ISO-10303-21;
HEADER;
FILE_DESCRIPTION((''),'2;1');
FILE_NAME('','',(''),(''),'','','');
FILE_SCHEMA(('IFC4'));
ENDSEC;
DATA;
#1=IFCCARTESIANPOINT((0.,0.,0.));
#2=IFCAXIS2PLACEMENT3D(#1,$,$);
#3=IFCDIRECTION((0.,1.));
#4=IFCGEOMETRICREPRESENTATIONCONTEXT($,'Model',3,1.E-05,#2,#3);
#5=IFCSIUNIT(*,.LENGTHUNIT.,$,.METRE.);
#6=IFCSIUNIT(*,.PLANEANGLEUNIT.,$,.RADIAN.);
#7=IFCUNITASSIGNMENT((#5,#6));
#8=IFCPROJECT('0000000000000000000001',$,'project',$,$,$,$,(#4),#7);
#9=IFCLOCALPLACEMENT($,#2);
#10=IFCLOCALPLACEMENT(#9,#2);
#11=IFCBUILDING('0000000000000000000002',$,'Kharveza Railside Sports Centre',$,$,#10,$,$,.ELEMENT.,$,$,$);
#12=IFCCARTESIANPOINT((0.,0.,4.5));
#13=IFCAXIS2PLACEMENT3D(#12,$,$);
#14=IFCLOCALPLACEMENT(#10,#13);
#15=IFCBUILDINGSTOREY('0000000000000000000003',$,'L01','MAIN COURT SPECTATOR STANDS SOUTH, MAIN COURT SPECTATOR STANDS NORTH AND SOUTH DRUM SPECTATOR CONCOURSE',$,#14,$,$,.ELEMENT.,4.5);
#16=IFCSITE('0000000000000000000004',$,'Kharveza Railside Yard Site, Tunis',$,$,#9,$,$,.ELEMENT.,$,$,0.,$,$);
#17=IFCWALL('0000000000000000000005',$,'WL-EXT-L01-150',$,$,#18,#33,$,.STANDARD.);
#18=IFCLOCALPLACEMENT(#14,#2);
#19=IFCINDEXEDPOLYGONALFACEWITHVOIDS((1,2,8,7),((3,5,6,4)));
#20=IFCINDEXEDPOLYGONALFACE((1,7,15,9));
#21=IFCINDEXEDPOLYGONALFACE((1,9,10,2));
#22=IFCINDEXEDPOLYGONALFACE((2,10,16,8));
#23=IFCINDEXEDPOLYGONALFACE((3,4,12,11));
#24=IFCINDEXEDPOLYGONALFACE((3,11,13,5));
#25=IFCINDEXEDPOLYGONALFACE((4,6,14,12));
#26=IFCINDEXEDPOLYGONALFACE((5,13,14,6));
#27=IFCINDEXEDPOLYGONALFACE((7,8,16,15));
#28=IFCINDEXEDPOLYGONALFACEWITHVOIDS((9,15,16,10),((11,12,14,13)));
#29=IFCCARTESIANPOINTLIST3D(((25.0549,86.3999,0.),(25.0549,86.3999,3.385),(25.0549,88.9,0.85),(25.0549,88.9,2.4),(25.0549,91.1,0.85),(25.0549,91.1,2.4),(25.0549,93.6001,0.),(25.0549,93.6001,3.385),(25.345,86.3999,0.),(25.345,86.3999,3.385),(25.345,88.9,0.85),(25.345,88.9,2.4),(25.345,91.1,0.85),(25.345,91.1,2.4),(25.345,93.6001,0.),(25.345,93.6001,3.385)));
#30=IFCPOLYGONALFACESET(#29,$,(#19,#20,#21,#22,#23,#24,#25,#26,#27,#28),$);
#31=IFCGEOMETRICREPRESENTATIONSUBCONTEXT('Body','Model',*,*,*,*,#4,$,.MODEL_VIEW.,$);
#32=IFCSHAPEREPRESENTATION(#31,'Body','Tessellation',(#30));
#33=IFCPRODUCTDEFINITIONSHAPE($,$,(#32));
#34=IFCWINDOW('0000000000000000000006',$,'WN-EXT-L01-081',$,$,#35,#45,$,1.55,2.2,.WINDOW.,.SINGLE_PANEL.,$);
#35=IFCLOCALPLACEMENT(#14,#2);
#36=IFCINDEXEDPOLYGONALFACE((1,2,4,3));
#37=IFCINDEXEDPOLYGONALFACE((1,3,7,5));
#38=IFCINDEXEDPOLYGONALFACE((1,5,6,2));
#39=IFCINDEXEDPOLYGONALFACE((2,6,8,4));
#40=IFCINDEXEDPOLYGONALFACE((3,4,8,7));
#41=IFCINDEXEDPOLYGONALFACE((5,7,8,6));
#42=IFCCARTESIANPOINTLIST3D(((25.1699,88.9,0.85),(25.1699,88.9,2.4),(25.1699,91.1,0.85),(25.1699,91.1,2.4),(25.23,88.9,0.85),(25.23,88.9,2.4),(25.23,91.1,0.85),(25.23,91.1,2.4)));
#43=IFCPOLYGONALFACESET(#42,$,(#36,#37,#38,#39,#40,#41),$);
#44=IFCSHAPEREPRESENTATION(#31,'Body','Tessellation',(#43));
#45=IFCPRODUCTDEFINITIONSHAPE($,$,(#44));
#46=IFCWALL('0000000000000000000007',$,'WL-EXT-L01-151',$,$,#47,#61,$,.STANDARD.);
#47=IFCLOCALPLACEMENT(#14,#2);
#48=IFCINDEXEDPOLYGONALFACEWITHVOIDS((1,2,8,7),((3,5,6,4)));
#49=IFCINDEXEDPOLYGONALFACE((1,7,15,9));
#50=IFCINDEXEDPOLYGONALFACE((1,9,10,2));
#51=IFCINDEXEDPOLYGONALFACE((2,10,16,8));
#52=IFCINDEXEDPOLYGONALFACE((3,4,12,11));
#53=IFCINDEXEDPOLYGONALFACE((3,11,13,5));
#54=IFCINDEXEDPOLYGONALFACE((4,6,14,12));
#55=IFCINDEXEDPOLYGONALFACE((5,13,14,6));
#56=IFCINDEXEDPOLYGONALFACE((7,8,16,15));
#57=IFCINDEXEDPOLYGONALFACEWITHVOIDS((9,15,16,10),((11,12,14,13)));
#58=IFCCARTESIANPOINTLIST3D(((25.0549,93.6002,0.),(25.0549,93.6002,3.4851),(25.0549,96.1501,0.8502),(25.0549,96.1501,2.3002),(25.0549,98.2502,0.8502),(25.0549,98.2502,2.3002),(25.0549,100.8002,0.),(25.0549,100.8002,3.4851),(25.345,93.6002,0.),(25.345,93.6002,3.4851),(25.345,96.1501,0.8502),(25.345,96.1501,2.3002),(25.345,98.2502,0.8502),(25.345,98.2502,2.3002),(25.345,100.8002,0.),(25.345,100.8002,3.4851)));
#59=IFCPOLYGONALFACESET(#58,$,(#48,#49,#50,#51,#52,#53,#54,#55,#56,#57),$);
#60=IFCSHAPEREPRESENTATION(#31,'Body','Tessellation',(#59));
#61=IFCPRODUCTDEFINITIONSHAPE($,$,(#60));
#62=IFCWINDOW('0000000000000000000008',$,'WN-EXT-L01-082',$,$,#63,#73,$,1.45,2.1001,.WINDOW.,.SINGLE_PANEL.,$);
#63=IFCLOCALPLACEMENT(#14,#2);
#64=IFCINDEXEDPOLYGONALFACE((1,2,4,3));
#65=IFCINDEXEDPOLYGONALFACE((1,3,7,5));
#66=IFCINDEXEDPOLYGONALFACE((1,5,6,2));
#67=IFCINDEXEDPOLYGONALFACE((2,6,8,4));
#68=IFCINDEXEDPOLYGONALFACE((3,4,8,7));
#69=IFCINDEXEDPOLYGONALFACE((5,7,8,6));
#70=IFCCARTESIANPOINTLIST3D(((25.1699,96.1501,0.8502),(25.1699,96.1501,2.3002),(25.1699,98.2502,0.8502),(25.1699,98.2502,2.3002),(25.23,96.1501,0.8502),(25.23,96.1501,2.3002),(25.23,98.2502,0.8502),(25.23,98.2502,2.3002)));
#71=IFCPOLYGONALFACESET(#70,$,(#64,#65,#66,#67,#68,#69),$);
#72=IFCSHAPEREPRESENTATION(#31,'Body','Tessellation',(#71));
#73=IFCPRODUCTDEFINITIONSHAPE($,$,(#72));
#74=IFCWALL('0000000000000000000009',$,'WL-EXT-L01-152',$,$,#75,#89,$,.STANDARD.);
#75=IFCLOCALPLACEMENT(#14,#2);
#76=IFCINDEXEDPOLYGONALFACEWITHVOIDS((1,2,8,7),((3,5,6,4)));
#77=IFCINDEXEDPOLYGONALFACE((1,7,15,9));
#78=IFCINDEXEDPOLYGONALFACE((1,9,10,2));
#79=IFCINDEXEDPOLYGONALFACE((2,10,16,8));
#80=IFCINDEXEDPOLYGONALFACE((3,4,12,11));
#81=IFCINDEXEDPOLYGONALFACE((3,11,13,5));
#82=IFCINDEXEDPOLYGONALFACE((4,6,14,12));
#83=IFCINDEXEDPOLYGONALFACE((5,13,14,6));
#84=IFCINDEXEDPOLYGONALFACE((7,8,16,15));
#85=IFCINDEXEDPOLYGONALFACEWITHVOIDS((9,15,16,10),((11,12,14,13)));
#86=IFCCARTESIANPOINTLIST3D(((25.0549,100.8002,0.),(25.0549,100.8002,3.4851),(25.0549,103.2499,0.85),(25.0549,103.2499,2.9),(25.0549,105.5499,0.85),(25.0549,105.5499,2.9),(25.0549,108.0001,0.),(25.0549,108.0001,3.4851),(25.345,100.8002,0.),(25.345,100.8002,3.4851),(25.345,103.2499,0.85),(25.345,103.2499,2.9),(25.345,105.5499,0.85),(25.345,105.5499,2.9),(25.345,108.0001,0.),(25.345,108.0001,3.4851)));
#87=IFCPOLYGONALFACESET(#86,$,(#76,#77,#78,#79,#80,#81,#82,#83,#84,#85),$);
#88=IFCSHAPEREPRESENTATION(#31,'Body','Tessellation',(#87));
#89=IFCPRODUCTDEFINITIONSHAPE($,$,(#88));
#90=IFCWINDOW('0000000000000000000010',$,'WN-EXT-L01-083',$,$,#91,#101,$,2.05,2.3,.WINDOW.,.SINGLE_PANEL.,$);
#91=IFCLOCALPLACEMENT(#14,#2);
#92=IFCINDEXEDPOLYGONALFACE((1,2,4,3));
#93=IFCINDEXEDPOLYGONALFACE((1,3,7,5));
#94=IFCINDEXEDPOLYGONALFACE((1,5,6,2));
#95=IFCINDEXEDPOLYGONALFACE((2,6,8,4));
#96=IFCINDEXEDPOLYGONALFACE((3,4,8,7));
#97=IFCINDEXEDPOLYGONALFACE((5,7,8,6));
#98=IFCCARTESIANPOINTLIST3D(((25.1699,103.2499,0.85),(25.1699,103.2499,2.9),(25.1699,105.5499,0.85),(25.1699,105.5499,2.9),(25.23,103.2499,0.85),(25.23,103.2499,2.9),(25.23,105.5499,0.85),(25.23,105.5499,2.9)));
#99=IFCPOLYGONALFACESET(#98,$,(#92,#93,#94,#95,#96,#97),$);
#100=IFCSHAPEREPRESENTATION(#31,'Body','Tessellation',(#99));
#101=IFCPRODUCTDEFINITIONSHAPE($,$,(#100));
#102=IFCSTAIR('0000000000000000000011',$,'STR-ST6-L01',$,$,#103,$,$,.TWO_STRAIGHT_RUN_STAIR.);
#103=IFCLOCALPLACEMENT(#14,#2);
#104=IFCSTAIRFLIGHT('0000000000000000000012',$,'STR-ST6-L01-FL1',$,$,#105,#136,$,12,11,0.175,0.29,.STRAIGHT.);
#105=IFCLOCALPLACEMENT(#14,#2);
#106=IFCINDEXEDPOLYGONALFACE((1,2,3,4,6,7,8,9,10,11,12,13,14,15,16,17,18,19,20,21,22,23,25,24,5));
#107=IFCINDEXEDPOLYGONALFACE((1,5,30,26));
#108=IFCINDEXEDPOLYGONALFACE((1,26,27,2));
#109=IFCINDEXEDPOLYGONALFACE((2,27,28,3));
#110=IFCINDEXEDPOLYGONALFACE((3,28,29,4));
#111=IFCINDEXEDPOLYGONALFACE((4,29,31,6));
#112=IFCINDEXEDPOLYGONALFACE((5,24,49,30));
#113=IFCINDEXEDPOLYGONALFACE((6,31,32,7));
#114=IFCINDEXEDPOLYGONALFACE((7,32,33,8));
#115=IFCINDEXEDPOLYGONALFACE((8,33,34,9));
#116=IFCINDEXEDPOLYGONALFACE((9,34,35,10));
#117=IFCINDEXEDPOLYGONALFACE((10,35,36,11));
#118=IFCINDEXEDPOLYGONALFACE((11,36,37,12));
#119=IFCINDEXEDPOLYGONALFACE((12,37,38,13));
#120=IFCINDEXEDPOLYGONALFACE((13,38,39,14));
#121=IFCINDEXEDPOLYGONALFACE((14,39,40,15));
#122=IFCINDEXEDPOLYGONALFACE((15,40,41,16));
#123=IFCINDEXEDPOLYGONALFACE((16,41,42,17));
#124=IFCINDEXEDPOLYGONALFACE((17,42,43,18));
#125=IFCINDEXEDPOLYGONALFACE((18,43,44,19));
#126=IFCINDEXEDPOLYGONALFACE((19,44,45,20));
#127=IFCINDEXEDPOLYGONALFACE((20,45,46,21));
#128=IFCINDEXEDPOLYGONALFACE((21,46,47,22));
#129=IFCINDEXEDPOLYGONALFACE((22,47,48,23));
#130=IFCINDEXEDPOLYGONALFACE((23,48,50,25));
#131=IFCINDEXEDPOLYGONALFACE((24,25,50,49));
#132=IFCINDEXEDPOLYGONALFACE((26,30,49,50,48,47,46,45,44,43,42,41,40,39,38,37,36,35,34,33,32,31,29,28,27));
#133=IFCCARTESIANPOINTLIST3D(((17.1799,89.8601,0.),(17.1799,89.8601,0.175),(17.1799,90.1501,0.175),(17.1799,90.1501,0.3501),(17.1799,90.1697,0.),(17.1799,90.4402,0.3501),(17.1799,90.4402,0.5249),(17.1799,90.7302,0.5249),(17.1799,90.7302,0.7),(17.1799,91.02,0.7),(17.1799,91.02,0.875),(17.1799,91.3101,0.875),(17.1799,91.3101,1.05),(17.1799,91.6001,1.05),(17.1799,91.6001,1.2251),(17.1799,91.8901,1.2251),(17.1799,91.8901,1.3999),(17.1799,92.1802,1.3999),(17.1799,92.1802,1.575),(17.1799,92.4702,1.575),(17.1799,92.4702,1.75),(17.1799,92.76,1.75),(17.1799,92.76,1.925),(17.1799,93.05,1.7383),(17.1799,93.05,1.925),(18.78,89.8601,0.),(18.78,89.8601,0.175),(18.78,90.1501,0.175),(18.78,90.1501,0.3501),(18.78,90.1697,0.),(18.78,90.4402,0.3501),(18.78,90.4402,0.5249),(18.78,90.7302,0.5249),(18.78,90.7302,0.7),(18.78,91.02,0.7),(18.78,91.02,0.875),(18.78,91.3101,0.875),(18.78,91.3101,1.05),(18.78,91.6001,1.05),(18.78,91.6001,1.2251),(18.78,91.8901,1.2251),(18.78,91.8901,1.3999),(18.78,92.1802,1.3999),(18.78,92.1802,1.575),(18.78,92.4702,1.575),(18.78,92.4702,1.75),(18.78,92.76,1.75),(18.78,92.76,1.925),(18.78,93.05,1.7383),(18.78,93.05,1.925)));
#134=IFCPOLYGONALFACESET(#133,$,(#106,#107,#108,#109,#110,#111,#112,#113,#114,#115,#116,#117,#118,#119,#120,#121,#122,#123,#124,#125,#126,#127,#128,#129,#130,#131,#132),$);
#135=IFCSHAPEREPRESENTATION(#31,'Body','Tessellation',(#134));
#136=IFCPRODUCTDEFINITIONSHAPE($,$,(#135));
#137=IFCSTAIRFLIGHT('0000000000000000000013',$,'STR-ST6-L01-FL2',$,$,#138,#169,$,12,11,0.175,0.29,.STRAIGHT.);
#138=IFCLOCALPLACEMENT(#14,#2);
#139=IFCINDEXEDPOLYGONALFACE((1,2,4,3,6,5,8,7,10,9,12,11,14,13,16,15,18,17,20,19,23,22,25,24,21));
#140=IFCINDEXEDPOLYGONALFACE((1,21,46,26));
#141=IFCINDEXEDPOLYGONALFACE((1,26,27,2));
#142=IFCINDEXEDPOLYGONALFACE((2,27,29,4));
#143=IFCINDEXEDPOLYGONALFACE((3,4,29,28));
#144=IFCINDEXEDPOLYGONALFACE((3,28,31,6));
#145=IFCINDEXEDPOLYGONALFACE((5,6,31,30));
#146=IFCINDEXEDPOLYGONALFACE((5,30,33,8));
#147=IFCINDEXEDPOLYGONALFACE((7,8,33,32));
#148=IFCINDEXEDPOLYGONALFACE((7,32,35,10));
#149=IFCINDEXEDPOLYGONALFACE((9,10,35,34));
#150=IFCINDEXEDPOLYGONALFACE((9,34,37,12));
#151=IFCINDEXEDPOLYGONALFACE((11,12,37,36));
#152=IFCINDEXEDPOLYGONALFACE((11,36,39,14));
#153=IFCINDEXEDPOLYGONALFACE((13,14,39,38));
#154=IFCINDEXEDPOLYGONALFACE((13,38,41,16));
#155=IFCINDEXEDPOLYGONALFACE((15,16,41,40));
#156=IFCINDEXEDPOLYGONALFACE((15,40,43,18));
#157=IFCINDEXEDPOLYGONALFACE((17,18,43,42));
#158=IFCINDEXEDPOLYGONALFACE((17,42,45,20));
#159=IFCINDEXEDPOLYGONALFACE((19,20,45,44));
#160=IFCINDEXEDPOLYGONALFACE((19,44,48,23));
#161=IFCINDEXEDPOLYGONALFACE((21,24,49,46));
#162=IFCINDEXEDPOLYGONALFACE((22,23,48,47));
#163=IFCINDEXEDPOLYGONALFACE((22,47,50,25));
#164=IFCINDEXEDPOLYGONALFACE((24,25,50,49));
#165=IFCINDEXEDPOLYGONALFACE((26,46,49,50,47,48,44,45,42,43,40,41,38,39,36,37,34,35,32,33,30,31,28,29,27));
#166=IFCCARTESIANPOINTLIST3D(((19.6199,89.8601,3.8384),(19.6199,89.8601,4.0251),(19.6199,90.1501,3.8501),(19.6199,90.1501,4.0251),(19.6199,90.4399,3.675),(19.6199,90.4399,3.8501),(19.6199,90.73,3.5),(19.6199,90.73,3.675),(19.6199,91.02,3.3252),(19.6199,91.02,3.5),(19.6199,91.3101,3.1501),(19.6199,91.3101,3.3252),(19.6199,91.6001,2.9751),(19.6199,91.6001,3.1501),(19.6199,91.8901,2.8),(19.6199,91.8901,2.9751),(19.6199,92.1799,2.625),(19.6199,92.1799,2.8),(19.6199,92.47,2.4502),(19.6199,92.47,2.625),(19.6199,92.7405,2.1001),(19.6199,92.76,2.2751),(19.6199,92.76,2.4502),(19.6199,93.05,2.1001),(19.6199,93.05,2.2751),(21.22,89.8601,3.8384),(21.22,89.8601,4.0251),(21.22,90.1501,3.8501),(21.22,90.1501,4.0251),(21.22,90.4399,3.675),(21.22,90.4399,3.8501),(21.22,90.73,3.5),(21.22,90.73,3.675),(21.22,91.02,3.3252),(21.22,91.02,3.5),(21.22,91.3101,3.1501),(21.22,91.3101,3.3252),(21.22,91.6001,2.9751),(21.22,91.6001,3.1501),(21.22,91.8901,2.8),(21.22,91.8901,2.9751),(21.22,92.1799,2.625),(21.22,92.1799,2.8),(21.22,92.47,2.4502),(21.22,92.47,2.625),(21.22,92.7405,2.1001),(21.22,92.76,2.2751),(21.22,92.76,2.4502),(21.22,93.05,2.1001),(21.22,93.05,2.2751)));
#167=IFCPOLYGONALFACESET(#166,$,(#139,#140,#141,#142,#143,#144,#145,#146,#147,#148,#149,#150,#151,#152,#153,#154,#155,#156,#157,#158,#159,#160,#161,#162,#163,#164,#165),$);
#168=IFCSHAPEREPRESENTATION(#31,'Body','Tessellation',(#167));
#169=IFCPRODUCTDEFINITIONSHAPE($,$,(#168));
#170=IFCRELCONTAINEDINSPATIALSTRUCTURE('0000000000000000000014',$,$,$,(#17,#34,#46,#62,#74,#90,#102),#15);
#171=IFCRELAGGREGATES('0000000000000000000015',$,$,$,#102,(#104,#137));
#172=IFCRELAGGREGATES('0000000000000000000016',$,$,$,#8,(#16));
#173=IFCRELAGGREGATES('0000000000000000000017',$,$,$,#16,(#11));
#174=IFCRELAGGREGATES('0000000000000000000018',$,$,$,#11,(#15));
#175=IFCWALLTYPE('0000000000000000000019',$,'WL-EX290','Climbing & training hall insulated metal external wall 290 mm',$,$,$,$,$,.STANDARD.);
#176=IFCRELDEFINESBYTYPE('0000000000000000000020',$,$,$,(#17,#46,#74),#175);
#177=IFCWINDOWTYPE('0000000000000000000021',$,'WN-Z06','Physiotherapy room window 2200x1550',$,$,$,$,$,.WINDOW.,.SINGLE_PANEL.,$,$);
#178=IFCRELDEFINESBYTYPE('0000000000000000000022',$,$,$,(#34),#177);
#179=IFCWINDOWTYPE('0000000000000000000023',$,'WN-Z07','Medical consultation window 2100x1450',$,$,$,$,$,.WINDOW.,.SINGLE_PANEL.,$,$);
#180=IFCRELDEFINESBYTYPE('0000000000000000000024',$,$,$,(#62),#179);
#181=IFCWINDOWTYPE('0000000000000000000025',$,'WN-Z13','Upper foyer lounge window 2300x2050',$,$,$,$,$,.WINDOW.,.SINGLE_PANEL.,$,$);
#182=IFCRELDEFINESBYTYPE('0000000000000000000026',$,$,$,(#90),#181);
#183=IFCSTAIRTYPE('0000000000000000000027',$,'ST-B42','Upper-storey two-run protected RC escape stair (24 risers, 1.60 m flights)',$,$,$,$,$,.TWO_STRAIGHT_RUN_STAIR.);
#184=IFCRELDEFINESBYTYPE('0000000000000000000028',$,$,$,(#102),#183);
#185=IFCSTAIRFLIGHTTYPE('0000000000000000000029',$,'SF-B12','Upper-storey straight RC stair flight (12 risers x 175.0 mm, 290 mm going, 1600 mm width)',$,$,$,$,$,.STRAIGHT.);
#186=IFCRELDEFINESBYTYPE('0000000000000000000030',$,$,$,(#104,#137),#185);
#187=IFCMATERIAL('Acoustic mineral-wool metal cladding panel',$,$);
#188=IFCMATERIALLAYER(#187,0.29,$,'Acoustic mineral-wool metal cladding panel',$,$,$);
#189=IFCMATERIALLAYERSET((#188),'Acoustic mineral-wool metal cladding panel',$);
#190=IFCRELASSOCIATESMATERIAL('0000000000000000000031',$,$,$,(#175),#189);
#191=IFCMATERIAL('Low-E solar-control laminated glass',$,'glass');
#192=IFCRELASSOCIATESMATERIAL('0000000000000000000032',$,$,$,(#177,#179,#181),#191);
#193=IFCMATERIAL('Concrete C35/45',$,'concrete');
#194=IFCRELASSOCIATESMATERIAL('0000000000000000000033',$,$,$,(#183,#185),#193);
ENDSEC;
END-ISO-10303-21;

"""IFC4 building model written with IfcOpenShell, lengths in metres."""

from ifc_helpers import new_model, si_unit, direction, frame, frame_2d, origin, place, context, subcontext, project, spatial, polyline, rectangle, outline, extrude, material, layer, layer_set, type_object, element, fill, aggregate, save


model = new_model("IFC4")

# Units and contexts
model_context = context("Model", 3, precision=1e-05, world=origin(), true_north=direction((0.0, 1.0)))
body_context = subcontext(model_context, "Body", "Model", "MODEL_VIEW")
ifc_project = project(units=[si_unit("LENGTHUNIT", "METRE"), si_unit("PLANEANGLEUNIT", "RADIAN")], contexts=[model_context])

# Site, building, storey
site_placement = place(None, origin())
site = spatial("IfcSite", under=ifc_project, at=site_placement, Name="Kharveza Railside Yard Site, Tunis", CompositionType="ELEMENT", RefElevation=0.0)
building_placement = place(site_placement, origin())
building = spatial("IfcBuilding", under=site, at=building_placement, Name="Kharveza Railside Sports Centre", CompositionType="ELEMENT")
storey_placement = place(building_placement, frame((0.0, 0.0, 4.5)))
storey = spatial("IfcBuildingStorey", under=building, at=storey_placement, Name="L01", Description="MAIN COURT SPECTATOR STANDS SOUTH, MAIN COURT SPECTATOR STANDS NORTH AND SOUTH DRUM SPECTATOR CONCOURSE", CompositionType="ELEMENT", Elevation=4.5)

# Shared definitions
ifc_material_1 = material(Name="Acoustic mineral-wool metal cladding panel")

# Shared definitions
ifc_material_2 = material(Name="Concrete C35/45", Category="concrete")

# Walls, openings, windows
ifc_layer_1 = layer(ifc_material_1, 0.29, Name="Acoustic mineral-wool metal cladding panel")
ifc_layer_set_1 = layer_set([ifc_layer_1], Name="Acoustic mineral-wool metal cladding panel")
wall_type_1 = type_object("IfcWallType", Name="WL-EX290", Description="Climbing & training hall insulated metal external wall 290 mm", PredefinedType="STANDARD", material=ifc_layer_set_1)
wall_1_placement = place(storey_placement, frame((25.2, 86.3999, 0.0), z_axis=(0.0, 0.0, 1.0), x_axis=(0.0, 1.0, 0.0)))
wall_1 = element("IfcWall", 1, at=wall_1_placement, inside=storey, type_object=wall_type_1, Name="WL-EXT-L01-150", PredefinedType="STANDARD", context=body_context, shape_type="SweptSolid", body=[
    extrude(rectangle(XDim=7.2002, YDim=0.29, at=frame_2d((3.6001, 0.0))), origin(), (0.0, 0.0, 1.0), 3.385),
])
opening_1_placement = place(wall_1_placement, frame((2.5, 0.0, 0.8501)))
opening_1 = element("IfcOpeningElement", 2, at=opening_1_placement, cuts=wall_1, PredefinedType="OPENING", context=body_context, shape_type="SweptSolid", body=[
    extrude(rectangle(XDim=2.2, YDim=1.55, at=frame_2d((1.1001, 0.7749))), frame((0.0, 0.1699, 0.0), z_axis=(0.0, -1.0, 0.0), x_axis=(1.0, 0.0, 0.0)), (0.0, 0.0, 1.0), 0.3398),
])
ifc_material_3 = material(Name="Low-E solar-control laminated glass", Category="glass")
window_type_1 = type_object("IfcWindowType", Name="WN-Z06", Description="Physiotherapy room window 2200x1550", PartitioningType="SINGLE_PANEL", PredefinedType="WINDOW", material=ifc_material_3)
window_1_placement = place(opening_1_placement, origin())
window_1 = element("IfcWindow", 3, at=window_1_placement, inside=storey, type_object=window_type_1, Name="WN-EXT-L01-081", OverallHeight=1.55, OverallWidth=2.2, PartitioningType="SINGLE_PANEL", PredefinedType="WINDOW", context=body_context, shape_type="SweptSolid", body=[
    extrude(rectangle(XDim=2.2, YDim=1.55, at=frame_2d((1.1001, 0.7749))), frame((0.0, 0.03, 0.0), z_axis=(0.0, -1.0, 0.0), x_axis=(1.0, 0.0, 0.0)), (0.0, 0.0, 1.0), 0.0601),
])
fill(opening_1, window_1)
wall_2_placement = place(storey_placement, frame((25.2, 93.6001, 0.0), z_axis=(0.0, 0.0, 1.0), x_axis=(0.0, 1.0, 0.0)))
wall_2 = element("IfcWall", 4, at=wall_2_placement, inside=storey, type_object=wall_type_1, Name="WL-EXT-L01-151", PredefinedType="STANDARD", context=body_context, shape_type="SweptSolid", body=[
    extrude(rectangle(XDim=7.2, YDim=0.29, at=frame_2d((3.6001, 0.0))), origin(), (0.0, 0.0, 1.0), 3.4851),
])
opening_2_placement = place(wall_2_placement, frame((2.55, 0.0, 0.8501)))
opening_2 = element("IfcOpeningElement", 5, at=opening_2_placement, cuts=wall_2, PredefinedType="OPENING", context=body_context, shape_type="SweptSolid", body=[
    extrude(rectangle(XDim=2.1001, YDim=1.45, at=frame_2d((1.05, 0.7251))), frame((0.0, 0.1699, 0.0), z_axis=(0.0, -1.0, 0.0), x_axis=(1.0, 0.0, 0.0)), (0.0, 0.0, 1.0), 0.3398),
])
window_type_2 = type_object("IfcWindowType", Name="WN-Z07", Description="Medical consultation window 2100x1450", PartitioningType="SINGLE_PANEL", PredefinedType="WINDOW", material=ifc_material_3)
window_2_placement = place(opening_2_placement, origin())
window_2 = element("IfcWindow", 6, at=window_2_placement, inside=storey, type_object=window_type_2, Name="WN-EXT-L01-082", OverallHeight=1.45, OverallWidth=2.1001, PartitioningType="SINGLE_PANEL", PredefinedType="WINDOW", context=body_context, shape_type="SweptSolid", body=[
    extrude(rectangle(XDim=2.1001, YDim=1.45, at=frame_2d((1.05, 0.7251))), frame((0.0, 0.03, 0.0), z_axis=(0.0, -1.0, 0.0), x_axis=(1.0, 0.0, 0.0)), (0.0, 0.0, 1.0), 0.0601),
])
fill(opening_2, window_2)
wall_3_placement = place(storey_placement, frame((25.2, 100.8, 0.0), z_axis=(0.0, 0.0, 1.0), x_axis=(0.0, 1.0, 0.0)))
wall_3 = element("IfcWall", 7, at=wall_3_placement, inside=storey, type_object=wall_type_1, Name="WL-EXT-L01-152", PredefinedType="STANDARD", context=body_context, shape_type="SweptSolid", body=[
    extrude(rectangle(XDim=7.2, YDim=0.29, at=frame_2d((3.6001, 0.0))), origin(), (0.0, 0.0, 1.0), 3.4851),
])
opening_3_placement = place(wall_3_placement, frame((2.45, 0.0, 0.8501)))
opening_3 = element("IfcOpeningElement", 8, at=opening_3_placement, cuts=wall_3, PredefinedType="OPENING", context=body_context, shape_type="SweptSolid", body=[
    extrude(rectangle(XDim=2.3, YDim=2.05, at=frame_2d((1.1499, 1.0249))), frame((0.0, 0.1699, 0.0), z_axis=(0.0, -1.0, 0.0), x_axis=(1.0, 0.0, 0.0)), (0.0, 0.0, 1.0), 0.3398),
])
window_type_3 = type_object("IfcWindowType", Name="WN-Z13", Description="Upper foyer lounge window 2300x2050", PartitioningType="SINGLE_PANEL", PredefinedType="WINDOW", material=ifc_material_3)
window_3_placement = place(opening_3_placement, origin())
window_3 = element("IfcWindow", 9, at=window_3_placement, inside=storey, type_object=window_type_3, Name="WN-EXT-L01-083", OverallHeight=2.05, OverallWidth=2.3, PartitioningType="SINGLE_PANEL", PredefinedType="WINDOW", context=body_context, shape_type="SweptSolid", body=[
    extrude(rectangle(XDim=2.3, YDim=2.05, at=frame_2d((1.1499, 1.0249))), frame((0.0, 0.03, 0.0), z_axis=(0.0, -1.0, 0.0), x_axis=(1.0, 0.0, 0.0)), (0.0, 0.0, 1.0), 0.0601),
])
fill(opening_3, window_3)

# Stair, stair flights
stair_type = type_object("IfcStairType", Name="ST-B42", Description="Upper-storey two-run protected RC escape stair (24 risers, 1.60 m flights)", PredefinedType="TWO_STRAIGHT_RUN_STAIR", material=ifc_material_2)
stair_placement = place(storey_placement, origin())
stair = element("IfcStair", 10, at=stair_placement, inside=storey, type_object=stair_type, Name="STR-ST6-L01", PredefinedType="TWO_STRAIGHT_RUN_STAIR")
stair_flight_type = type_object("IfcStairFlightType", Name="SF-B12", Description="Upper-storey straight RC stair flight (12 risers x 175.0 mm, 290 mm going, 1600 mm width)", PredefinedType="STRAIGHT", material=ifc_material_2)
stair_flight_1_placement = place(storey_placement, frame((17.98, 89.8601, 0.0), z_axis=(0.0, 0.0, 1.0), x_axis=(0.0, 1.0, 0.0)))
stair_flight_1 = element("IfcStairFlight", 11, at=stair_flight_1_placement, type_object=stair_flight_type, Name="STR-ST6-L01-FL1", NumberOfRisers=12, NumberOfTreads=11, PredefinedType="STRAIGHT", RiserHeight=0.175, TreadLength=0.29, context=body_context, shape_type="SweptSolid", body=[
    extrude(outline(polyline([(0.0, 0.0), (0.0, 0.175), (0.29, 0.175), (0.29, 0.3501), (0.5801, 0.3501), (0.5801, 0.5249), (0.8701, 0.5249), (0.8701, 0.7), (1.1599, 0.7), (1.1599, 0.875), (1.45, 0.875), (1.45, 1.05), (1.74, 1.05), (1.74, 1.2251), (2.03, 1.2251), (2.03, 1.3999), (2.3201, 1.3999), (2.3201, 1.575), (2.6101, 1.575), (2.6101, 1.75), (2.8999, 1.75), (2.8999, 1.925), (3.1899, 1.925), (3.1899, 2.1001), (3.1899, 1.7383), (0.3096, 0.0), (0.0, 0.0)])), frame((0.0, 0.8, 0.0), z_axis=(0.0, -1.0, 0.0), x_axis=(1.0, 0.0, 0.0)), (0.0, 0.0, 1.0), 1.6001),
])
stair_flight_2_placement = place(storey_placement, frame((20.4199, 93.05, 2.1001), z_axis=(0.0, 0.0, 1.0), x_axis=(0.0, -1.0, 0.0)))
stair_flight_2 = element("IfcStairFlight", 12, at=stair_flight_2_placement, type_object=stair_flight_type, Name="STR-ST6-L01-FL2", NumberOfRisers=12, NumberOfTreads=11, PredefinedType="STRAIGHT", RiserHeight=0.175, TreadLength=0.29, context=body_context, shape_type="SweptSolid", body=[
    extrude(outline(polyline([(0.0, 0.0), (0.0, 0.175), (0.29, 0.175), (0.29, 0.3501), (0.5801, 0.3501), (0.5801, 0.5249), (0.8701, 0.5249), (0.8701, 0.7), (1.1599, 0.7), (1.1599, 0.875), (1.45, 0.875), (1.45, 1.05), (1.74, 1.05), (1.74, 1.2251), (2.03, 1.2251), (2.03, 1.3999), (2.3201, 1.3999), (2.3201, 1.575), (2.6101, 1.575), (2.6101, 1.75), (2.8999, 1.75), (2.8999, 1.925), (3.1899, 1.925), (3.1899, 2.1001), (3.1899, 1.7383), (0.3096, 0.0), (0.0, 0.0)])), frame((0.0, 0.8, 0.0), z_axis=(0.0, -1.0, 0.0), x_axis=(1.0, 0.0, 0.0)), (0.0, 0.0, 1.0), 1.6001),
])
aggregate(stair, [stair_flight_1, stair_flight_2])

save(model, "model.ifc")
